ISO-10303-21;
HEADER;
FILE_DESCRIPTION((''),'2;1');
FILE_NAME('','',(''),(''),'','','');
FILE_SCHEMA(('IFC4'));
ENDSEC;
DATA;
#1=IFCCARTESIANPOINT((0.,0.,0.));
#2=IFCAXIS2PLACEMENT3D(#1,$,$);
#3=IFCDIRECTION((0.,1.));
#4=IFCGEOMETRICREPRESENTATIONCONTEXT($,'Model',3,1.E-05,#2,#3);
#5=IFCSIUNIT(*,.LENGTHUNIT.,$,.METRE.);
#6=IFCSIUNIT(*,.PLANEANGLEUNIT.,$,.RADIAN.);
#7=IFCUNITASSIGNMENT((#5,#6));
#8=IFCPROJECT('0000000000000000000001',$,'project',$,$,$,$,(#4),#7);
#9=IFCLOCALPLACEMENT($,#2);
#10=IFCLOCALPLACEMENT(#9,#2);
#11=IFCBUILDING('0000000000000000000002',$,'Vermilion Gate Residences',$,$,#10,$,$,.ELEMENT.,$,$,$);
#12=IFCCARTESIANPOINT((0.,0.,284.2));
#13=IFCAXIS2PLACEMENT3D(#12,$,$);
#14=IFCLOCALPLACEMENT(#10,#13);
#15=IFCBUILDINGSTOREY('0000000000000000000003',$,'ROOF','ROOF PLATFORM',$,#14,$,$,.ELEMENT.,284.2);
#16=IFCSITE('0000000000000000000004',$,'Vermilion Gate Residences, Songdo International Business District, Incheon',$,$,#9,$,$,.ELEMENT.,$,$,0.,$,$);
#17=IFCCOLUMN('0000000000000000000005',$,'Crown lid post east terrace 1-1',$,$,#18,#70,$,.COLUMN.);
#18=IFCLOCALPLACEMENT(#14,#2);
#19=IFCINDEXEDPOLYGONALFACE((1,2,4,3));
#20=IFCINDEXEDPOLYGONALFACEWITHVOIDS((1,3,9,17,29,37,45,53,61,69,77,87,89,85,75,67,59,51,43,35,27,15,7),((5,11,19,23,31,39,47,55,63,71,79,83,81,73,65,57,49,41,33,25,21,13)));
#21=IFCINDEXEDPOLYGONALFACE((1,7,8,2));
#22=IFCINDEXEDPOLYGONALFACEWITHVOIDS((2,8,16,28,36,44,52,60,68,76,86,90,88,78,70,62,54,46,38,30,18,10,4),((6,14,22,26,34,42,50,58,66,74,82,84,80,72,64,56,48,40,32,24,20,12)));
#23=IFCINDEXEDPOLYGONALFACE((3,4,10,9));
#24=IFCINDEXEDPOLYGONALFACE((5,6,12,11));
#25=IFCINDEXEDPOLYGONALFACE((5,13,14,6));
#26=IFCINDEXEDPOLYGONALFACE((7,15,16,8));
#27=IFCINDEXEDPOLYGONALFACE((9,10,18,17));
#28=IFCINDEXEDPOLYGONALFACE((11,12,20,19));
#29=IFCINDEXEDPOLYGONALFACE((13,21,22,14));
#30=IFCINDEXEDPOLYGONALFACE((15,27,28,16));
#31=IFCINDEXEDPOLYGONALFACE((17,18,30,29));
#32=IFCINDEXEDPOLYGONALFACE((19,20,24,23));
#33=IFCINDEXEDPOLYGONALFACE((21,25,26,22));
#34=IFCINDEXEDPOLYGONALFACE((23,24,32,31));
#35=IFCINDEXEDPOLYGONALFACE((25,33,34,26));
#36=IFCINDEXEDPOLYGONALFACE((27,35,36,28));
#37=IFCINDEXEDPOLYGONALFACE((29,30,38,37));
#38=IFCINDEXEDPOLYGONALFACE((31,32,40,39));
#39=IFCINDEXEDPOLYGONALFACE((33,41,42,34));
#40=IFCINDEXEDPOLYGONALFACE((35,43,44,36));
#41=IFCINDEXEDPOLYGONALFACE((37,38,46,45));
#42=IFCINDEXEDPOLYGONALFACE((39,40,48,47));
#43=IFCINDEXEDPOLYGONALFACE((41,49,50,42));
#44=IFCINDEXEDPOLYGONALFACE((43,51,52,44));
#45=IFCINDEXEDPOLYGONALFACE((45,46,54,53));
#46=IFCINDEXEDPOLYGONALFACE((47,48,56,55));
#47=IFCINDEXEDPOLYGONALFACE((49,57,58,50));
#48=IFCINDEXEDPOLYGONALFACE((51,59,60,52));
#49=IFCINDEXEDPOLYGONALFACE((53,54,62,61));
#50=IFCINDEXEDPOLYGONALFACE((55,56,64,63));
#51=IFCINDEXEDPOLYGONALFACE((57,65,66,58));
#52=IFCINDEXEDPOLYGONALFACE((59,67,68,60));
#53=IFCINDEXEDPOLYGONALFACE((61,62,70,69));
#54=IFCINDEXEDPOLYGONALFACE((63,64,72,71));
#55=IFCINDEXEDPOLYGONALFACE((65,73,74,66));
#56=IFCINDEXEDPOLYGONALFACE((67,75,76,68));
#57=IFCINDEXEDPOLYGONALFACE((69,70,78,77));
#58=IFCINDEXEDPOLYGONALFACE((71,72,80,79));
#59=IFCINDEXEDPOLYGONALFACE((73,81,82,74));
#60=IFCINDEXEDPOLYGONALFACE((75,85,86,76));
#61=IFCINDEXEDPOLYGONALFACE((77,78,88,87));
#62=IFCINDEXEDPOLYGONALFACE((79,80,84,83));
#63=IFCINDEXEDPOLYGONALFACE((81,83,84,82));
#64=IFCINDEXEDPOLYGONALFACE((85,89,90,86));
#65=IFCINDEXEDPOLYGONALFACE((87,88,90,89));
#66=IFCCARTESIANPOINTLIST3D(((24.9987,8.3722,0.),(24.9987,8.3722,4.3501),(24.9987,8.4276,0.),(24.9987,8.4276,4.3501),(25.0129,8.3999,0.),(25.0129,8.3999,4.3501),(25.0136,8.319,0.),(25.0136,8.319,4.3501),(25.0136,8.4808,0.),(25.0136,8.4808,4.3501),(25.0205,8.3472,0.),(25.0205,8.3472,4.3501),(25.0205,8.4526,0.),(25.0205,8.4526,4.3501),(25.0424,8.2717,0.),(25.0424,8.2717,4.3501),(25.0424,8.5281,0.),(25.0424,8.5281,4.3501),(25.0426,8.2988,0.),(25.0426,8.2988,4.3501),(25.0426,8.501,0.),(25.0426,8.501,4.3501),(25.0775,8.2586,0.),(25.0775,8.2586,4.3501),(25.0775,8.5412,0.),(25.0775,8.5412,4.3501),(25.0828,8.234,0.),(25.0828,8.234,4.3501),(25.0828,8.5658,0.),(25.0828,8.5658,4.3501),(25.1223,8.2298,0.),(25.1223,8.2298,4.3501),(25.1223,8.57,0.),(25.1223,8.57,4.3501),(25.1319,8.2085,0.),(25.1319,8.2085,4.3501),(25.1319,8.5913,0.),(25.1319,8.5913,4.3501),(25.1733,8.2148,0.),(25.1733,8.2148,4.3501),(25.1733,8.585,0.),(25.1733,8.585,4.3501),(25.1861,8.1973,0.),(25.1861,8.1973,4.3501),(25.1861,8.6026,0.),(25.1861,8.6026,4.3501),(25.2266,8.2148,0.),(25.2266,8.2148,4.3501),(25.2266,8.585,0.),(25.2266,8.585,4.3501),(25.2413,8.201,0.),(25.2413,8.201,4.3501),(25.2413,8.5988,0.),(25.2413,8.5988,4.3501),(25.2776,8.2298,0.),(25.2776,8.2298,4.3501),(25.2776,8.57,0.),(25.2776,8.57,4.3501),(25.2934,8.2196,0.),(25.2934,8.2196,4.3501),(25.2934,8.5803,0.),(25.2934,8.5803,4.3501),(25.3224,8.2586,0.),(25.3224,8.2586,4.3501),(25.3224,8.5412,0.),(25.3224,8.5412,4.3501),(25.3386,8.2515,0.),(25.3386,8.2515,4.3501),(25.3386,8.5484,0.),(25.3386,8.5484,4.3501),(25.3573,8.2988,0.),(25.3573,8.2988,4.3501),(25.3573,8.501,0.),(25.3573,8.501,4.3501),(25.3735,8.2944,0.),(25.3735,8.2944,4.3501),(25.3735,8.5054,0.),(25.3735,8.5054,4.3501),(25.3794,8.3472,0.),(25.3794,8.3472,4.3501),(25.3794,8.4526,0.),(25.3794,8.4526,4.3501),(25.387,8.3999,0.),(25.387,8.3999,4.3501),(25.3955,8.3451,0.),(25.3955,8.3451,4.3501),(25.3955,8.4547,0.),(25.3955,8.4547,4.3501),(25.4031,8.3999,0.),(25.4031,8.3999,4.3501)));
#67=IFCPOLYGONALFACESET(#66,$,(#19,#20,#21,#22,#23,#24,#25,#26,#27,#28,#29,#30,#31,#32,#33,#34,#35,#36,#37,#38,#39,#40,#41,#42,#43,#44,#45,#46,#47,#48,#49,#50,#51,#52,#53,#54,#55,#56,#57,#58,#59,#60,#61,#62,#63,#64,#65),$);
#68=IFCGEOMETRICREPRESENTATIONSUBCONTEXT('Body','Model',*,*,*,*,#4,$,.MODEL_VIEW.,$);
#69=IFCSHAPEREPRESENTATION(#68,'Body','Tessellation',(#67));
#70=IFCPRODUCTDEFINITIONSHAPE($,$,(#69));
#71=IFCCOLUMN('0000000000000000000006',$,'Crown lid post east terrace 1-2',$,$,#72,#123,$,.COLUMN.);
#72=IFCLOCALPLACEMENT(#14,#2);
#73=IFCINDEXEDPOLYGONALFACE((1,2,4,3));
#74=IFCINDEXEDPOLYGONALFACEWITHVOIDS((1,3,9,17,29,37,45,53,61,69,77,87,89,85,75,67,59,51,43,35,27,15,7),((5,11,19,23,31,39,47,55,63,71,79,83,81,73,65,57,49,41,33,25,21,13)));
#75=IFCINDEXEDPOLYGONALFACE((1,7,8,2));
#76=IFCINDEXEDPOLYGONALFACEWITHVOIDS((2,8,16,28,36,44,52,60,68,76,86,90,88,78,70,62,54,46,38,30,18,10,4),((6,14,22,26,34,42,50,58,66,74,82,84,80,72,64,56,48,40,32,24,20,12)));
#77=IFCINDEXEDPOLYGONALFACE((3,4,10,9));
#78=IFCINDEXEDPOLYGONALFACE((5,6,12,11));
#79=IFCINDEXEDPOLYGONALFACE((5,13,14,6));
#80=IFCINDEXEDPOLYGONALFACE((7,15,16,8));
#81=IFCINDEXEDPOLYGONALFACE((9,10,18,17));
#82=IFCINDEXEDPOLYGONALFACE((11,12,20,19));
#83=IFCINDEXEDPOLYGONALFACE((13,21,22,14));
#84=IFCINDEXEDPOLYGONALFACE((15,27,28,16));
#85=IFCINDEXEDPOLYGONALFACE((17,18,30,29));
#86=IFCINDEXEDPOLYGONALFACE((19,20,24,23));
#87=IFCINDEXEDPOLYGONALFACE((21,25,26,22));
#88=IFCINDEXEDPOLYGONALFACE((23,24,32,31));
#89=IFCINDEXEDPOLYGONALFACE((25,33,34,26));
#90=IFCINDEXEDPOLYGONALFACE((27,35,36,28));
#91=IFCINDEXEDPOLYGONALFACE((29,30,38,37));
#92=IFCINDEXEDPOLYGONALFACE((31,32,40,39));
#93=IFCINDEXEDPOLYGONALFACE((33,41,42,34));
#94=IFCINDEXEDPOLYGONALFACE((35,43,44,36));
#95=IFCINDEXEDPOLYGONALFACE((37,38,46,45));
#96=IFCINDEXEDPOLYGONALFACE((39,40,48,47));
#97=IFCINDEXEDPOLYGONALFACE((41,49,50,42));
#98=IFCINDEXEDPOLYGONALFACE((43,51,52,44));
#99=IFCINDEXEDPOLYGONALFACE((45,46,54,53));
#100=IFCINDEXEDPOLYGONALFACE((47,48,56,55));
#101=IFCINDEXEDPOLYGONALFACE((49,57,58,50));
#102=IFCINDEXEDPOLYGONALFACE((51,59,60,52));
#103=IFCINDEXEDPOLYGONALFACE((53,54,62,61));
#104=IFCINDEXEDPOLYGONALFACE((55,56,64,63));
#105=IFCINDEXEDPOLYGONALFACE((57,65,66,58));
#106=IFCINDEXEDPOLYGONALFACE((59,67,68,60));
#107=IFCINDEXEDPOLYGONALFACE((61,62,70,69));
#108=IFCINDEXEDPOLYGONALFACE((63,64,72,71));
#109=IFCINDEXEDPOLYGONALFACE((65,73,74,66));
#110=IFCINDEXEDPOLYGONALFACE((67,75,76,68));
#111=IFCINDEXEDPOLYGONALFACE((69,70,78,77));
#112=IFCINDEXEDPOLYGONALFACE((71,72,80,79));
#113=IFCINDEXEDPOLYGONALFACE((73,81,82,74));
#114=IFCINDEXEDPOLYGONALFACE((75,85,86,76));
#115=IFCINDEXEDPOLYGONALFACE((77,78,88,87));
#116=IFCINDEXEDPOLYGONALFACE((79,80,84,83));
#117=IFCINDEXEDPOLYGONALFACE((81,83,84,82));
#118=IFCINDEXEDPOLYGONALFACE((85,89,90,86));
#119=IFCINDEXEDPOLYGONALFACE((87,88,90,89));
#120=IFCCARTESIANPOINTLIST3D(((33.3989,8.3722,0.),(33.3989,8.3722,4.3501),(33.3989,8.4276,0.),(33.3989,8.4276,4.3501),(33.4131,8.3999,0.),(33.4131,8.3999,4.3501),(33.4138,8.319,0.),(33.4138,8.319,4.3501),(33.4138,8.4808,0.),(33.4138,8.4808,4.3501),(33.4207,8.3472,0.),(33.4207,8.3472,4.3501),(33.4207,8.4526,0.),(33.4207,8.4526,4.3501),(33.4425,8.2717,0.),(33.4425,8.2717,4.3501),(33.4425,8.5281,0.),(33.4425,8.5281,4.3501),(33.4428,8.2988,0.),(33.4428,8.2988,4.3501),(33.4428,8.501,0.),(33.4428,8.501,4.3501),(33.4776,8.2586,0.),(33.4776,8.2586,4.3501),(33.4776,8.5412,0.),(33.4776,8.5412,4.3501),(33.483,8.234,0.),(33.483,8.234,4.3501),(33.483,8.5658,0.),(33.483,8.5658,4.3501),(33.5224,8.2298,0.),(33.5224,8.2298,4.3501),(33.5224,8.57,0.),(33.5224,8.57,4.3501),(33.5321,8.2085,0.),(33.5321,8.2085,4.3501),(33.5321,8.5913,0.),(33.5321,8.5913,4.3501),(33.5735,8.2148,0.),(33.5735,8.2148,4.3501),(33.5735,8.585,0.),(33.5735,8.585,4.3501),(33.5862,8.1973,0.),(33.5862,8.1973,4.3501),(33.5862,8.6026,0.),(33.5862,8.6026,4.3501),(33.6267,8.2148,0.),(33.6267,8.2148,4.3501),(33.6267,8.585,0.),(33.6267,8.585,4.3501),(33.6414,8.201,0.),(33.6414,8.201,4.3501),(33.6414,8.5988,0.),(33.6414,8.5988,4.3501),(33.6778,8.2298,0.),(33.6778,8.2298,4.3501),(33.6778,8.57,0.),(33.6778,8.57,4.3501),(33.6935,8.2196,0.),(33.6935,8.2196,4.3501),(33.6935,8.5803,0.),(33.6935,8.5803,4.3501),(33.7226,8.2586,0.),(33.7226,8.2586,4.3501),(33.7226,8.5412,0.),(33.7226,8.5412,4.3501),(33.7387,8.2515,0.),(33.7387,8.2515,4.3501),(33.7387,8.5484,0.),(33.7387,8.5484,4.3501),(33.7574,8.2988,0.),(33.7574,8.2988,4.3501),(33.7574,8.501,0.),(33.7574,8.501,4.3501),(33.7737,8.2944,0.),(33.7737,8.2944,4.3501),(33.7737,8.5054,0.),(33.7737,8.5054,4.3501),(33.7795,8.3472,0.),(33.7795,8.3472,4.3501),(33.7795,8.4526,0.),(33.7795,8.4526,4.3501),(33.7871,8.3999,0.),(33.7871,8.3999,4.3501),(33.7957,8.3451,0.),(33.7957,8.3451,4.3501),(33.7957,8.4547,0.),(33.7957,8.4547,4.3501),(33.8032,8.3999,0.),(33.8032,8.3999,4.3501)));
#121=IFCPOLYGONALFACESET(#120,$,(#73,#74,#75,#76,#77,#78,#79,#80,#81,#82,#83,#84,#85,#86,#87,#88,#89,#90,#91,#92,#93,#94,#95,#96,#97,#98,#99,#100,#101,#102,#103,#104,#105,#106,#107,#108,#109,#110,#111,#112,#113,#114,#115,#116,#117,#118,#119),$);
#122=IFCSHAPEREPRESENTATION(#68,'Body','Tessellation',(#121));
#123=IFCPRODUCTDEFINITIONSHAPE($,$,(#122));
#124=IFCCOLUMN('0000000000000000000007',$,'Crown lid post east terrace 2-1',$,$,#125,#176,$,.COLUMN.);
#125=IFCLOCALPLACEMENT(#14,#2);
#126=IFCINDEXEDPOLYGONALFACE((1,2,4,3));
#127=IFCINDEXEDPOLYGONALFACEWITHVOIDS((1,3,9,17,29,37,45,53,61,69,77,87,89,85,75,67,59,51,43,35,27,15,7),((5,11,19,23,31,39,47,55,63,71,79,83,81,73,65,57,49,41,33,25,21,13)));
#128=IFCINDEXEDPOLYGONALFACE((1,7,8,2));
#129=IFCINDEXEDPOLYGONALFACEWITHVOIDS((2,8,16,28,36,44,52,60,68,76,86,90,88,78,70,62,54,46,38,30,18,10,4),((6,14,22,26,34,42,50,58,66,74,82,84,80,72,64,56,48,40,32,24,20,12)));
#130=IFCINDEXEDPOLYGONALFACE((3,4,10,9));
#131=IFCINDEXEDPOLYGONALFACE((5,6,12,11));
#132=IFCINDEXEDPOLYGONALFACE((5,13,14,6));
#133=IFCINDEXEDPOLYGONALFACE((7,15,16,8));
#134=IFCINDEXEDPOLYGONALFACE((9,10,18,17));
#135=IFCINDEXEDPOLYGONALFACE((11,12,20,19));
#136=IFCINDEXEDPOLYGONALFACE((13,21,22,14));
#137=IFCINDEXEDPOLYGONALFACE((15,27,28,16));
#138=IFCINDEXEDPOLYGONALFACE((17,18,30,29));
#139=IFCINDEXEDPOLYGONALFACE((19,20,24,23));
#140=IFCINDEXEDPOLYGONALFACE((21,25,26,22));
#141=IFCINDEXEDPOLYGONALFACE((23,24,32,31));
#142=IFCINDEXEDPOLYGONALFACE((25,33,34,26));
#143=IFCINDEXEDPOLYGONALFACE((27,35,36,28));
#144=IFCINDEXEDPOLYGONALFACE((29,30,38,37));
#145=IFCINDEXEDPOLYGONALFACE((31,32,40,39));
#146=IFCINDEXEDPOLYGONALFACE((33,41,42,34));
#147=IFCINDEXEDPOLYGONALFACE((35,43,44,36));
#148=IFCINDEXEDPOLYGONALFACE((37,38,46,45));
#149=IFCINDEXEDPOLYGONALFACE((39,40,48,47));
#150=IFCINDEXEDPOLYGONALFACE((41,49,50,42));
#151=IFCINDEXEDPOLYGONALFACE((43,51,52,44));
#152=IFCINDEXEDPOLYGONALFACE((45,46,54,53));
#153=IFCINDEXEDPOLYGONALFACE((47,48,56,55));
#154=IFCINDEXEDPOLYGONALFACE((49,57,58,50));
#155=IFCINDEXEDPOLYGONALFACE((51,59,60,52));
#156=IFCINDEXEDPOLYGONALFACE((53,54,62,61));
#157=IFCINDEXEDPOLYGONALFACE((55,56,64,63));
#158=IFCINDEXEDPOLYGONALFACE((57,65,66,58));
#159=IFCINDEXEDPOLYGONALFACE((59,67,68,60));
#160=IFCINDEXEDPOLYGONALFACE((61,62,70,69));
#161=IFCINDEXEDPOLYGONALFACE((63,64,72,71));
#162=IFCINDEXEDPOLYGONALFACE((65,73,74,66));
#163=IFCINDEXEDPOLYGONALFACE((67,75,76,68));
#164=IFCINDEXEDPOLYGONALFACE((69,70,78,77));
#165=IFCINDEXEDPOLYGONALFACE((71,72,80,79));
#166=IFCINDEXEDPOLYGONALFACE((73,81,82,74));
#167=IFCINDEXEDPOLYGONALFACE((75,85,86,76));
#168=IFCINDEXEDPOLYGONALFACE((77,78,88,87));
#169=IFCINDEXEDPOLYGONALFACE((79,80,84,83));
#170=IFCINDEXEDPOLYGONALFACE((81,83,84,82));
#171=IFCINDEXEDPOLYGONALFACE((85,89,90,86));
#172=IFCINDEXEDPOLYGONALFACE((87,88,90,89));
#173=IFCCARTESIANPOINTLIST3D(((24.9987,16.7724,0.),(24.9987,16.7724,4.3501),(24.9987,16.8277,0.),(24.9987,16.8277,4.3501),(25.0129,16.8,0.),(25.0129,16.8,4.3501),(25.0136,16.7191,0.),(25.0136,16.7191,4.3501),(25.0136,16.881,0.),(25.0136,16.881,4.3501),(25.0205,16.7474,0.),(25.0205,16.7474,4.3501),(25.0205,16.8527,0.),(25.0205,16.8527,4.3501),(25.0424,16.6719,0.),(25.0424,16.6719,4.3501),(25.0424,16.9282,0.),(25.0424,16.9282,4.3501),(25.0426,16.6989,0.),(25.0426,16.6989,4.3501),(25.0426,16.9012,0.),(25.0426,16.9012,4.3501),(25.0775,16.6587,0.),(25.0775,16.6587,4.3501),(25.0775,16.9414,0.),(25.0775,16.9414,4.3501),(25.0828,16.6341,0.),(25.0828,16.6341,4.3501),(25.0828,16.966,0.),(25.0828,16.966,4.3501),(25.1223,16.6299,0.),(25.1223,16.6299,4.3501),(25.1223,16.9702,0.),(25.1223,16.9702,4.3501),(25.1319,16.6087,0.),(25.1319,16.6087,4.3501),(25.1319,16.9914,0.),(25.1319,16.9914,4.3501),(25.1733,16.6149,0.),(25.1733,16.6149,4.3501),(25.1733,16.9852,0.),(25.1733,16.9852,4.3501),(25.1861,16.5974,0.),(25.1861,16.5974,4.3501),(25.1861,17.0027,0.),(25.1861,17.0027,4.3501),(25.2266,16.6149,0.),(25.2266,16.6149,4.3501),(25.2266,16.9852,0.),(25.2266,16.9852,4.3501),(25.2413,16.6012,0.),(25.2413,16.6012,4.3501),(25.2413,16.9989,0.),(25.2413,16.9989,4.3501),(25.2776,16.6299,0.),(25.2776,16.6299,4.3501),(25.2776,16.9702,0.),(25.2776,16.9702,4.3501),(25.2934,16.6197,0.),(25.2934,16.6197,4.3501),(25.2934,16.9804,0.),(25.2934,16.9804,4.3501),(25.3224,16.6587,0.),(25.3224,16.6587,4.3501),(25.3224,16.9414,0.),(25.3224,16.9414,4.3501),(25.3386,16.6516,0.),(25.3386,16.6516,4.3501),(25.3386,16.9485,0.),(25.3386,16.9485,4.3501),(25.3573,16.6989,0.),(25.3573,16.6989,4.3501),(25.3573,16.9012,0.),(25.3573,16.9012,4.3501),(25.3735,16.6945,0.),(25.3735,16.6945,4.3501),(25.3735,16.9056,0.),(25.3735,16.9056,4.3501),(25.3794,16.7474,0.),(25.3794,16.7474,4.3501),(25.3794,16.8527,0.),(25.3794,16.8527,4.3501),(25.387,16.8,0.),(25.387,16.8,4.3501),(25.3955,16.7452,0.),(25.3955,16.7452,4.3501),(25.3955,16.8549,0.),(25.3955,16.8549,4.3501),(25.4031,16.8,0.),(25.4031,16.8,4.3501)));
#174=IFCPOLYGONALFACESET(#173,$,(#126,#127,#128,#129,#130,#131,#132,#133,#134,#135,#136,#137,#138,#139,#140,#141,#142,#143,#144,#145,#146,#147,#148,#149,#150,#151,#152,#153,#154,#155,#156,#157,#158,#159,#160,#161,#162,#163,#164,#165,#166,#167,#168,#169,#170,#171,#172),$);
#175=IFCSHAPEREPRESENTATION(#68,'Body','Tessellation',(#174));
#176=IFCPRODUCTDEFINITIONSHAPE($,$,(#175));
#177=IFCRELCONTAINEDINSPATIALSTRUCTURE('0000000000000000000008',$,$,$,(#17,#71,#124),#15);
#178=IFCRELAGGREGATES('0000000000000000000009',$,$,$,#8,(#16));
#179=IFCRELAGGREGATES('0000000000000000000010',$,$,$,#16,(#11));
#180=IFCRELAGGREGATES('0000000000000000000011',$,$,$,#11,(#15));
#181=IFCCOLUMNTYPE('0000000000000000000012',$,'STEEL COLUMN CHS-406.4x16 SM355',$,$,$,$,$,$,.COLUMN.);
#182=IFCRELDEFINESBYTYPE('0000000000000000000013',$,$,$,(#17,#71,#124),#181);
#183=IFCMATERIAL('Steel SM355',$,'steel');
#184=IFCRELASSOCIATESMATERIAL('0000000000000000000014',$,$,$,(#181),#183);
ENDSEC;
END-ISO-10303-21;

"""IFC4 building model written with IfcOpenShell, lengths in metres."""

from ifc_helpers import new_model, si_unit, direction, frame, origin, origin_2d, place, context, subcontext, project, spatial, hollow_circle, extrude, material, material_profile, profile_set, type_object, element, save


model = new_model("IFC4")

# Units and contexts
model_context = context("Model", 3, precision=1e-05, world=origin(), true_north=direction((0.0, 1.0)))
body_context = subcontext(model_context, "Body", "Model", "MODEL_VIEW")
ifc_project = project(units=[si_unit("LENGTHUNIT", "METRE"), si_unit("PLANEANGLEUNIT", "RADIAN")], contexts=[model_context])

# Site, building, storey
site_placement = place(None, origin())
site = spatial("IfcSite", under=ifc_project, at=site_placement, Name="Vermilion Gate Residences, Songdo International Business District, Incheon", CompositionType="ELEMENT", RefElevation=0.0)
building_placement = place(site_placement, origin())
building = spatial("IfcBuilding", under=site, at=building_placement, Name="Vermilion Gate Residences", CompositionType="ELEMENT")
storey_placement = place(building_placement, frame((0.0, 0.0, 284.2)))
storey = spatial("IfcBuildingStorey", under=building, at=storey_placement, Name="ROOF", Description="ROOF PLATFORM", CompositionType="ELEMENT", Elevation=284.2)

# Columns
ifc_material_1 = material(Name="Steel SM355", Category="steel")
ifc_material_profile = material_profile(ifc_material_1, hollow_circle(Radius=0.2031, WallThickness=0.0161, at=origin_2d()), Name="CHS-406.4x16")
ifc_profile_set = profile_set([ifc_material_profile], Name="Steel SM355")
column_type = type_object("IfcColumnType", Name="STEEL COLUMN CHS-406.4x16 SM355", PredefinedType="COLUMN", material=ifc_profile_set)
for number, where, z_axis, x_axis, name in (
    (1, (25.2, 8.3999, 0.0), (0.0, 0.0, 1.0), (1.0, 0.0, 0.0), "Crown lid post east terrace 1-1"),
    (2, (33.6001, 8.3999, 0.0), (0.0, 0.0, 1.0), (1.0, 0.0, 0.0), "Crown lid post east terrace 1-2"),
    (3, (25.2, 16.8, 0.0), (0.0, 0.0, 1.0), (1.0, 0.0, 0.0), "Crown lid post east terrace 2-1"),
):
    element("IfcColumn", number, at=place(storey_placement, frame(where, z_axis=z_axis, x_axis=x_axis)), inside=storey, type_object=column_type, Name=name, PredefinedType="COLUMN", context=body_context, shape_type="SweptSolid", body=[
        extrude(hollow_circle(Radius=0.2031, WallThickness=0.0161, at=origin_2d()), origin(), (0.0, 0.0, 1.0), 4.3501),
    ])

save(model, "model.ifc")
